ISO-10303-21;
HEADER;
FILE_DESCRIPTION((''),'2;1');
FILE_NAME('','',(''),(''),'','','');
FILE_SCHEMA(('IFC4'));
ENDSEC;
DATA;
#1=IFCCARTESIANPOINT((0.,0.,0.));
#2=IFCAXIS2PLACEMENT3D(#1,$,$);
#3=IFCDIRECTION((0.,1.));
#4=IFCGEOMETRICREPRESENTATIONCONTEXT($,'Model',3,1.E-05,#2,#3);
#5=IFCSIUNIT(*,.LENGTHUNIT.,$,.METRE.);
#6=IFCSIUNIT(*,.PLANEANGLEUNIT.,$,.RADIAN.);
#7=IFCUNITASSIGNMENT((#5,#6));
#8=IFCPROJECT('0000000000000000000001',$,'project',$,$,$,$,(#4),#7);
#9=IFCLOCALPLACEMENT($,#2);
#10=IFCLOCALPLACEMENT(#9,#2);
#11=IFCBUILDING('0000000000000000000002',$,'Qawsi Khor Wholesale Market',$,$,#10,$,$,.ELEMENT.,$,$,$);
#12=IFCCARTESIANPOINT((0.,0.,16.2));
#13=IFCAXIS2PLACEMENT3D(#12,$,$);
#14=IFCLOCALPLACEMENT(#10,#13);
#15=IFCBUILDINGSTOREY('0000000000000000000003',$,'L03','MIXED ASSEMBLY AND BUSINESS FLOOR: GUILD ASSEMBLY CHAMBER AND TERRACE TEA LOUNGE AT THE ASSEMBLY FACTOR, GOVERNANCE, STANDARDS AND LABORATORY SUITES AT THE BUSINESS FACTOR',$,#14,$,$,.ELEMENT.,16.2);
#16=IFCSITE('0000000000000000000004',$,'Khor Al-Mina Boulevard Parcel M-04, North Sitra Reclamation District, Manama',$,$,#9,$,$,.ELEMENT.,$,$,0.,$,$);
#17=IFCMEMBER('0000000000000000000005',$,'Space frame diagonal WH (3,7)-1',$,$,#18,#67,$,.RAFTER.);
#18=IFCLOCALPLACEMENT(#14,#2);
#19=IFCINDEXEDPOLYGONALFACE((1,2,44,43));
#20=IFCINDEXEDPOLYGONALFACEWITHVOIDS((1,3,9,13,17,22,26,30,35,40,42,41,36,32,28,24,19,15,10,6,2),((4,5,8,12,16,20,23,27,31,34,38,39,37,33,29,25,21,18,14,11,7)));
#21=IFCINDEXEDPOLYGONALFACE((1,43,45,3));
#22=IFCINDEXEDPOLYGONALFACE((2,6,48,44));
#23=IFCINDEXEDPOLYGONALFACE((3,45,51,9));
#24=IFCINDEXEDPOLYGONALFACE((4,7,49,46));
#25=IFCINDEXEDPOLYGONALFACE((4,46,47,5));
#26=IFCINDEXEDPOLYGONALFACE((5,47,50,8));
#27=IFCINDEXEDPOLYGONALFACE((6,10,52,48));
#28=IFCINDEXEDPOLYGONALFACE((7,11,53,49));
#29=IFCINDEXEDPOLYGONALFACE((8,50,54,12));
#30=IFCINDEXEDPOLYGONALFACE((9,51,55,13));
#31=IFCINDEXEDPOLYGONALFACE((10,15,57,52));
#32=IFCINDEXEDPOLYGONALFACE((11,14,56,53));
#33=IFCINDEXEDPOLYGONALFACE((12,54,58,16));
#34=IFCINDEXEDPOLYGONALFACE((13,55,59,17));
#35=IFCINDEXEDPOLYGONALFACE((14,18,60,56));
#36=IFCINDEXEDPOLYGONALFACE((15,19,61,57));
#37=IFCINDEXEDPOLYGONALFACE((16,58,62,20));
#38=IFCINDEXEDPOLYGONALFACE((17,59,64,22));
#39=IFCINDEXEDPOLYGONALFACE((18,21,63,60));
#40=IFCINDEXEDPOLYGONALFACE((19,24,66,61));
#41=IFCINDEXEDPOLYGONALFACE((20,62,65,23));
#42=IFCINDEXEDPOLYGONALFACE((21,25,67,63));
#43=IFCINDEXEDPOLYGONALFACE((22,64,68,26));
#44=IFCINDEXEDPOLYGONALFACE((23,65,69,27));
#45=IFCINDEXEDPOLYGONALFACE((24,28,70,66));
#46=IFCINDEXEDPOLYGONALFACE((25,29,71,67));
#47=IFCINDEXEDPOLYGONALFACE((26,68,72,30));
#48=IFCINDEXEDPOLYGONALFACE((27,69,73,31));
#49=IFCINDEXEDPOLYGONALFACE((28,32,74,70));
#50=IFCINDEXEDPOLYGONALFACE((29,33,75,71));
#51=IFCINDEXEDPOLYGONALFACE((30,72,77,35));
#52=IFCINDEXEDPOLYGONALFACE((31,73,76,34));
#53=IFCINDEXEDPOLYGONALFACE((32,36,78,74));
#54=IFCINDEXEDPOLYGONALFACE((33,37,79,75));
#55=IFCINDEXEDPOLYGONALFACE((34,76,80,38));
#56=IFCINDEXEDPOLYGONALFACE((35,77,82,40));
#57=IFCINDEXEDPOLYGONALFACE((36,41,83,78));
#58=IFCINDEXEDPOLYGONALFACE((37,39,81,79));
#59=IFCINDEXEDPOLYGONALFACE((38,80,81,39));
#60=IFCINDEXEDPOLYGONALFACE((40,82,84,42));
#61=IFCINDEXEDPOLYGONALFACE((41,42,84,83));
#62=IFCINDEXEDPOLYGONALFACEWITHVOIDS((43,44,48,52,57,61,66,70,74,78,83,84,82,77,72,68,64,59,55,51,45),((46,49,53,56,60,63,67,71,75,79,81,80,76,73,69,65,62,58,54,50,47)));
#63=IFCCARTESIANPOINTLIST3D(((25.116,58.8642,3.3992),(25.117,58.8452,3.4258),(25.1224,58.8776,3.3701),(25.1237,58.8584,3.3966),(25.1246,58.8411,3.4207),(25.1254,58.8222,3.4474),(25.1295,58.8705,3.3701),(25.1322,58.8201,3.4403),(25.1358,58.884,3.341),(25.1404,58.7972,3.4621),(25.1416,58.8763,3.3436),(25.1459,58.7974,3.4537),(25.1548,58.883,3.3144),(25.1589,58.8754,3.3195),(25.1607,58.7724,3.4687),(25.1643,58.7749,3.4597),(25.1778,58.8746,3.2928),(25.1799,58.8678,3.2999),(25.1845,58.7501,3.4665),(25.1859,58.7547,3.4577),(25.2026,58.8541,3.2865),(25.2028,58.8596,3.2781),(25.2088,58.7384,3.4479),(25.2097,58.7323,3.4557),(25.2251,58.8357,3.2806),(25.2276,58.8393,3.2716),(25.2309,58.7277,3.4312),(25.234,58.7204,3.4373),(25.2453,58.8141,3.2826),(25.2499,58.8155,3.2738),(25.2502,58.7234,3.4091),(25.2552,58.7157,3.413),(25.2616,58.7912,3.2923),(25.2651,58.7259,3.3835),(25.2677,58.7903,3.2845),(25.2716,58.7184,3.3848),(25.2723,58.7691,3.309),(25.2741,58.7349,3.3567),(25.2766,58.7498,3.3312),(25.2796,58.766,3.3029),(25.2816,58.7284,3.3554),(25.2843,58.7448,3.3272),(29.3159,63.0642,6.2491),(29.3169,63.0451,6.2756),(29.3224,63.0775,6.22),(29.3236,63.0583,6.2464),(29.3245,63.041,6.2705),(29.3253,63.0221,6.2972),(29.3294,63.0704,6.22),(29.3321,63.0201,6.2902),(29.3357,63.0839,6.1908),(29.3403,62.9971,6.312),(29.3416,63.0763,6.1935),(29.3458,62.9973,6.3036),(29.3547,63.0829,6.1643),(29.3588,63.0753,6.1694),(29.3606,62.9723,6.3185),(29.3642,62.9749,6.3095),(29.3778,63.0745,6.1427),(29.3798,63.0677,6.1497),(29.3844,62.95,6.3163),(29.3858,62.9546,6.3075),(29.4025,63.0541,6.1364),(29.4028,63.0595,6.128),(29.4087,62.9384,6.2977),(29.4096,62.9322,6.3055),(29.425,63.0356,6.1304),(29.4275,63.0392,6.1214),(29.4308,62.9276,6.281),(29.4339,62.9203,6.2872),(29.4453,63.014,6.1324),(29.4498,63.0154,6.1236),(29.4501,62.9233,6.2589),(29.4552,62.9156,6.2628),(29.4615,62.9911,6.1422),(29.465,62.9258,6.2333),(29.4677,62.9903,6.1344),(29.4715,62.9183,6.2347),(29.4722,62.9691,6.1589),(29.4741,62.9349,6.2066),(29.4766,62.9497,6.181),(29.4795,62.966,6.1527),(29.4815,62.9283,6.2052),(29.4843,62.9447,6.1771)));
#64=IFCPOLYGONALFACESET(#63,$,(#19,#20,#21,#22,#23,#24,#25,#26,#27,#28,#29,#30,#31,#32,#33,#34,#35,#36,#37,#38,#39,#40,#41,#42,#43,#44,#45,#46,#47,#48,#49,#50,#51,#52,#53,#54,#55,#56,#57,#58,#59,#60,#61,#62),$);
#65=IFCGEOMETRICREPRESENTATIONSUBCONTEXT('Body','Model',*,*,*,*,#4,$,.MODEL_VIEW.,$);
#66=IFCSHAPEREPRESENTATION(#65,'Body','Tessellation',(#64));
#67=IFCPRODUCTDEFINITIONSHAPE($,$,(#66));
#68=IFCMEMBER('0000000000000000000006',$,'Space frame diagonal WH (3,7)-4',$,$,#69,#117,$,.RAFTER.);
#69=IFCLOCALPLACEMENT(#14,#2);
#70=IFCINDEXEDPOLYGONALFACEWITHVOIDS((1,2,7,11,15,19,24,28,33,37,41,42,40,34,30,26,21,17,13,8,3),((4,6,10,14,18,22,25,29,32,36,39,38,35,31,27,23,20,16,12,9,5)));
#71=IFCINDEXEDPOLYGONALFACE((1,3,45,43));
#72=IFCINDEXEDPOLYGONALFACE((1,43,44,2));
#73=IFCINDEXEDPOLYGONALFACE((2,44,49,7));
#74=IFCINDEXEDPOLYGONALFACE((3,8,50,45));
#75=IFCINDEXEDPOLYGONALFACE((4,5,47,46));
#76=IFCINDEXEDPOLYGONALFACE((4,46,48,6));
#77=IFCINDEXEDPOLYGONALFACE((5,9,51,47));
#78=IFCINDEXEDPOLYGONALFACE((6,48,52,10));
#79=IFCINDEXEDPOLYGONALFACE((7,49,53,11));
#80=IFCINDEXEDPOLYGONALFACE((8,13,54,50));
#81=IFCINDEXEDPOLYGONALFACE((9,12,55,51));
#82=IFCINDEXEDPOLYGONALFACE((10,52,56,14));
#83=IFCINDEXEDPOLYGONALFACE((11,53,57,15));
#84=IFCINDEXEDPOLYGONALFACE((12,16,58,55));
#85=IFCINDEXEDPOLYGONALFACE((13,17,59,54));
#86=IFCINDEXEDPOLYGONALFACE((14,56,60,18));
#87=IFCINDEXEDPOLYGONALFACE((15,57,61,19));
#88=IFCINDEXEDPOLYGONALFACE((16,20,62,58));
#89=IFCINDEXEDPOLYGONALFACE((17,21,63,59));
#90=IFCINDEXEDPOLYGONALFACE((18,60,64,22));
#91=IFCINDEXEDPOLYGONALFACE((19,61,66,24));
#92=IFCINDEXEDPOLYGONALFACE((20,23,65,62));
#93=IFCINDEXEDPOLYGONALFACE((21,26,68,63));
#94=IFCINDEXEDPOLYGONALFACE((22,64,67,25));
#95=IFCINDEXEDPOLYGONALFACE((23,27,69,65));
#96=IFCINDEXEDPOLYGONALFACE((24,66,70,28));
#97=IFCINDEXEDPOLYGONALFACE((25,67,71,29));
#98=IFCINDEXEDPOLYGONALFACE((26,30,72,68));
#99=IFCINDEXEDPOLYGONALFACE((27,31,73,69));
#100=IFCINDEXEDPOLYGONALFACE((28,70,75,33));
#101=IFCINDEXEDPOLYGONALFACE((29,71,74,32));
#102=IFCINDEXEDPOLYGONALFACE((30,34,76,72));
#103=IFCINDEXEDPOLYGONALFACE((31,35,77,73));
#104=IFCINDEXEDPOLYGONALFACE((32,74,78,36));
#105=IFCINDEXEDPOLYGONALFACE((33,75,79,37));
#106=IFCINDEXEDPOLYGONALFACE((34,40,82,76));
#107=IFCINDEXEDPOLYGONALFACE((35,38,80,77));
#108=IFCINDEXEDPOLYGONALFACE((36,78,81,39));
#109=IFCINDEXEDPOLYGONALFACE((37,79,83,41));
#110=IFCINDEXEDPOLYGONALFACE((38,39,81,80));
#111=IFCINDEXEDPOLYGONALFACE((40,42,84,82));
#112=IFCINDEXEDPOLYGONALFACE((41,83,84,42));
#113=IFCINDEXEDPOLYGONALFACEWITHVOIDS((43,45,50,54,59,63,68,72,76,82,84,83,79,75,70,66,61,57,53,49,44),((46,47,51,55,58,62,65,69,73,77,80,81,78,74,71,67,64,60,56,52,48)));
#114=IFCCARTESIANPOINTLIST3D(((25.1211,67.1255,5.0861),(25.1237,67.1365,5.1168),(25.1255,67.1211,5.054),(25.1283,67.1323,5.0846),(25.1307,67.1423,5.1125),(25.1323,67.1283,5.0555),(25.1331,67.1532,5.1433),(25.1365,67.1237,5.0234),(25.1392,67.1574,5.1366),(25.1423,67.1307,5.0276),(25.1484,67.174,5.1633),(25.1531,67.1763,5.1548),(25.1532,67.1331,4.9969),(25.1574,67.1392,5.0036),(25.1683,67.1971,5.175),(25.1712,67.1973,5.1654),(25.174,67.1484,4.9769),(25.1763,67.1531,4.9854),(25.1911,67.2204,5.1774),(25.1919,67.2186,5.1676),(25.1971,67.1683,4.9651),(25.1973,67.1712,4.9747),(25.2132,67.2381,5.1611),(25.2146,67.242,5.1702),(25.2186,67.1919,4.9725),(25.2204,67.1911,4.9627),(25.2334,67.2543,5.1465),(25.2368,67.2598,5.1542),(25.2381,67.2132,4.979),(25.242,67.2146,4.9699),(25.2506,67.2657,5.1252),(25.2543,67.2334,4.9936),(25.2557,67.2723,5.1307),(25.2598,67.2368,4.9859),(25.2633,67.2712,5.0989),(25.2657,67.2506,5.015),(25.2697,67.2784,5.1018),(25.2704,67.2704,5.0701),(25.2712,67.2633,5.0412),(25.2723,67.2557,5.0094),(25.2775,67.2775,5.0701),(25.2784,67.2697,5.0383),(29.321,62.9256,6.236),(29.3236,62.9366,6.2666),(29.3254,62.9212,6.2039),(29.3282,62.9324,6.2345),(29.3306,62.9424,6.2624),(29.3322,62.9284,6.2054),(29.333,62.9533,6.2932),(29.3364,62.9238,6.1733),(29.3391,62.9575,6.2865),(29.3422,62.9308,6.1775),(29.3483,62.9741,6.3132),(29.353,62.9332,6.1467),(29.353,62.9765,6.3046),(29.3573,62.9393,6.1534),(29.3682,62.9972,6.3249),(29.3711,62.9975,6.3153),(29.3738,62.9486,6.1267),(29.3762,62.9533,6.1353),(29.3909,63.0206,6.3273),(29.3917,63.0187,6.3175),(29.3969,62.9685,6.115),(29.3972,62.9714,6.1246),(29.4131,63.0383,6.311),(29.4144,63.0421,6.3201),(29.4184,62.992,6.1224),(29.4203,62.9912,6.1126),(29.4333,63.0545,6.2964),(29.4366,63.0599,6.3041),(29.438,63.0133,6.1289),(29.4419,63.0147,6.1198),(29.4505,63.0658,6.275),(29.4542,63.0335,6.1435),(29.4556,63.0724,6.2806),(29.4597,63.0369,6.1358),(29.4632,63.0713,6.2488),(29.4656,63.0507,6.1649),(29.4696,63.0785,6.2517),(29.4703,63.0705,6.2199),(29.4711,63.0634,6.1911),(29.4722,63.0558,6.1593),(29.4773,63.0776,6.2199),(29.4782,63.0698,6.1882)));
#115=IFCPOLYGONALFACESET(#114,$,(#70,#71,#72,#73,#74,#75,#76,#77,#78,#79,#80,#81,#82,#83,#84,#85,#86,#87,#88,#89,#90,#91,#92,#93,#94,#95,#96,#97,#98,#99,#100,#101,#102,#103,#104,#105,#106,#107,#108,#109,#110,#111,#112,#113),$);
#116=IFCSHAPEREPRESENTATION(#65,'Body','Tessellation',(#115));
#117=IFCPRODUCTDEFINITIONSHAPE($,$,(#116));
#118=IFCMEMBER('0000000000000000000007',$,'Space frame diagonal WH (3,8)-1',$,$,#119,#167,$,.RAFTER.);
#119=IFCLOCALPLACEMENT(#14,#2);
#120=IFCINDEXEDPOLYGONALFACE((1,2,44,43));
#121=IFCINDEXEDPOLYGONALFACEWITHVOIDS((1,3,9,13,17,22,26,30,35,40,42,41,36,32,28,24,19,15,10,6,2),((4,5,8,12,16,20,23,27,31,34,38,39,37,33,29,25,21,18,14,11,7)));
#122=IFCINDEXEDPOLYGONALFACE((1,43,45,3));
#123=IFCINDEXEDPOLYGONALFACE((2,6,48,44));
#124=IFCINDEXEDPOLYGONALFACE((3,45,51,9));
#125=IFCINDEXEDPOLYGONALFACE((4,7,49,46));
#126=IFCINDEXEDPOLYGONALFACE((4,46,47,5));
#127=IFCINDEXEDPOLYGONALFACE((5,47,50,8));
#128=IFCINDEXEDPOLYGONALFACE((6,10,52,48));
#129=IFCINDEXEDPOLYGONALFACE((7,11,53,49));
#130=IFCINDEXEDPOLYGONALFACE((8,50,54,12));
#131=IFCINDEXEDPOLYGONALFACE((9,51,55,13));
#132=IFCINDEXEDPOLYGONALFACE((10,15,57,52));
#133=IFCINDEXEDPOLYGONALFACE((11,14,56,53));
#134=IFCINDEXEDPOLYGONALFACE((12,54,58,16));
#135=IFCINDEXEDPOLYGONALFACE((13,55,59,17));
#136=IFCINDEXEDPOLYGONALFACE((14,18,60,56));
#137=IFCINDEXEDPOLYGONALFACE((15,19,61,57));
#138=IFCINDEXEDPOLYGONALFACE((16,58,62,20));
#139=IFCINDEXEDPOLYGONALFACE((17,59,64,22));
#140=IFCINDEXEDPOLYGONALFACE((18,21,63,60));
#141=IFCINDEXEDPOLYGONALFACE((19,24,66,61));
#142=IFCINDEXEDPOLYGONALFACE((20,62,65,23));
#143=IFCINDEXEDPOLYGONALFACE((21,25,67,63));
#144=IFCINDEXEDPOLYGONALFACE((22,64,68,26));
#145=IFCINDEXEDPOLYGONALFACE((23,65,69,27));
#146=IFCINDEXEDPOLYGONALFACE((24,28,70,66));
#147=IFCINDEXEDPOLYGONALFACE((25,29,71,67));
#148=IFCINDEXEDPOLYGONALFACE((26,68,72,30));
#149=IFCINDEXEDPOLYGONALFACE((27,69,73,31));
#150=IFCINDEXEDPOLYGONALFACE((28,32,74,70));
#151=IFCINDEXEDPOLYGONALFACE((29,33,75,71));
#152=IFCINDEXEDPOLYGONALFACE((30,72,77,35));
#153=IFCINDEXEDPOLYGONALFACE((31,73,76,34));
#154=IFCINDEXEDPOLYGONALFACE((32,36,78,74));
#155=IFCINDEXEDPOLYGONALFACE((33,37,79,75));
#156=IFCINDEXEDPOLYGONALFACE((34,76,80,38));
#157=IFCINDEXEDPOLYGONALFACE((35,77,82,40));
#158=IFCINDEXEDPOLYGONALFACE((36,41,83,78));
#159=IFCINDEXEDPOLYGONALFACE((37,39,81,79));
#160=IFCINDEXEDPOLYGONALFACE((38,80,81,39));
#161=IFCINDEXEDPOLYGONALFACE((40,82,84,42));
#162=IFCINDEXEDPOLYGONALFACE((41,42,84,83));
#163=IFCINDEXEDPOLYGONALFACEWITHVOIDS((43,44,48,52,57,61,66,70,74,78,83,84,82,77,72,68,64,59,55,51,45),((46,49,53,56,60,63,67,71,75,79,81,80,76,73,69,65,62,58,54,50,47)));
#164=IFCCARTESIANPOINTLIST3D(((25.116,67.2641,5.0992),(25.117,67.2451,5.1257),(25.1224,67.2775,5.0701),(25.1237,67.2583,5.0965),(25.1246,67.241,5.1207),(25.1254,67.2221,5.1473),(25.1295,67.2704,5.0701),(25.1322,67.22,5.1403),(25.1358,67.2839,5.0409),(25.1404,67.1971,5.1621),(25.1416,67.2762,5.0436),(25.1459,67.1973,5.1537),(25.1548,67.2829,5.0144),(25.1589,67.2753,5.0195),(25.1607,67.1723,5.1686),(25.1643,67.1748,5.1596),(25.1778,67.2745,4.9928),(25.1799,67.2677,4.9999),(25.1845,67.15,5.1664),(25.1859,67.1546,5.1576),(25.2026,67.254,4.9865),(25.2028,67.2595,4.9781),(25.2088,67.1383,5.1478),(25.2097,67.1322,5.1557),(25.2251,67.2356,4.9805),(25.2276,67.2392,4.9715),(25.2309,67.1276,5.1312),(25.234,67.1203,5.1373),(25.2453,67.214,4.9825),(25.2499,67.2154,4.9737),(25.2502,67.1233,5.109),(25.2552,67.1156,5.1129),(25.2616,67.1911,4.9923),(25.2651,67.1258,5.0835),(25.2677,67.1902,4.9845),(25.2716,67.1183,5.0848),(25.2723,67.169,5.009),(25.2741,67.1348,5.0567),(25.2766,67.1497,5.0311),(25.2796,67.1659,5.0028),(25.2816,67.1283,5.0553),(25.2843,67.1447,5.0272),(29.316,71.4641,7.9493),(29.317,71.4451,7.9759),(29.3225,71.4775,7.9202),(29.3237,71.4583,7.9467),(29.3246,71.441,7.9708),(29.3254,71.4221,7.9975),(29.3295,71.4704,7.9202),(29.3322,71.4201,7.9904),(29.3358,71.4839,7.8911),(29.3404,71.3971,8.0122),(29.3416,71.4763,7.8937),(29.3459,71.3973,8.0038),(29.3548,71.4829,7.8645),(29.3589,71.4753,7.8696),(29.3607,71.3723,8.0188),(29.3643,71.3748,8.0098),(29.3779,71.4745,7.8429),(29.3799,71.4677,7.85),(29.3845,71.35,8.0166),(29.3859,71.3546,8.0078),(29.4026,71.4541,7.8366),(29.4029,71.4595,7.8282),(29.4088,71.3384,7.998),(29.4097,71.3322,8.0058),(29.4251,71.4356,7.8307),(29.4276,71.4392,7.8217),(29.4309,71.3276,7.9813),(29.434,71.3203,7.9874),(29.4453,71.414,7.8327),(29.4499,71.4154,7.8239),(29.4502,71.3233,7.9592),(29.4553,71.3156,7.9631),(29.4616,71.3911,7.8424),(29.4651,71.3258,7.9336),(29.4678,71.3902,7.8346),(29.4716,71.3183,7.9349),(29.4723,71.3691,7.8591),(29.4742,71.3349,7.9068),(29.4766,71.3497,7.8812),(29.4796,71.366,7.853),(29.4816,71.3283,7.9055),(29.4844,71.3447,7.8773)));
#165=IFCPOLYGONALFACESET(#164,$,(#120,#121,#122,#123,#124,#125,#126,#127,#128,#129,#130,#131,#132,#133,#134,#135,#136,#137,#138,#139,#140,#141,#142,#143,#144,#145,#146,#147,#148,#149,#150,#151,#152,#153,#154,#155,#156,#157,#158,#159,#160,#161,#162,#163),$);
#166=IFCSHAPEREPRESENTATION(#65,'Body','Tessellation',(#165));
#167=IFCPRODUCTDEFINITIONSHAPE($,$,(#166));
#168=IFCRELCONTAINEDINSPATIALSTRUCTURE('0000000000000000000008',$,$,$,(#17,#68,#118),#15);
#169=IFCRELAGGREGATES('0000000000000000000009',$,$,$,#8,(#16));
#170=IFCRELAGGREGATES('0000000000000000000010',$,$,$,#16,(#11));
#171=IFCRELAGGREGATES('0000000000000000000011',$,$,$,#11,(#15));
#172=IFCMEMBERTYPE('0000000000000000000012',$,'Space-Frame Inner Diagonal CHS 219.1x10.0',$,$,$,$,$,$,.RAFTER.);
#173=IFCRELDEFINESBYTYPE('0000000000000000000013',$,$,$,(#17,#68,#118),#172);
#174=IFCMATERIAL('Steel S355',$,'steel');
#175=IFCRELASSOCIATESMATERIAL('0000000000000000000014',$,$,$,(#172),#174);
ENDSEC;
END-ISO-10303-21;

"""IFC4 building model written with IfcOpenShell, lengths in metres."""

from ifc_helpers import new_model, si_unit, direction, frame, origin, origin_2d, place, context, subcontext, project, spatial, hollow_circle, extrude, material, material_profile, profile_set, type_object, element, save


model = new_model("IFC4")

# Units and contexts
model_context = context("Model", 3, precision=1e-05, world=origin(), true_north=direction((0.0, 1.0)))
body_context = subcontext(model_context, "Body", "Model", "MODEL_VIEW")
ifc_project = project(units=[si_unit("LENGTHUNIT", "METRE"), si_unit("PLANEANGLEUNIT", "RADIAN")], contexts=[model_context])

# Site, building, storey
site_placement = place(None, origin())
site = spatial("IfcSite", under=ifc_project, at=site_placement, Name="Khor Al-Mina Boulevard Parcel M-04, North Sitra Reclamation District, Manama", CompositionType="ELEMENT", RefElevation=0.0)
building_placement = place(site_placement, origin())
building = spatial("IfcBuilding", under=site, at=building_placement, Name="Qawsi Khor Wholesale Market", CompositionType="ELEMENT")
storey_placement = place(building_placement, frame((0.0, 0.0, 16.2)))
storey = spatial("IfcBuildingStorey", under=building, at=storey_placement, Name="L03", Description="MIXED ASSEMBLY AND BUSINESS FLOOR: GUILD ASSEMBLY CHAMBER AND TERRACE TEA LOUNGE AT THE ASSEMBLY FACTOR, GOVERNANCE, STANDARDS AND LABORATORY SUITES AT THE BUSINESS FACTOR", CompositionType="ELEMENT", Elevation=16.2)

# Members
ifc_material_1 = material(Name="Steel S355", Category="steel")
ifc_material_profile_1 = material_profile(ifc_material_1, hollow_circle(Radius=0.1096, WallThickness=0.01, at=origin_2d()), Name="CHS 219.1x10.0")
ifc_profile_set_1 = profile_set([ifc_material_profile_1], Name="Steel S355")
member_type_1 = type_object("IfcMemberType", Name="Space-Frame Inner Diagonal CHS 219.1x10.0", PredefinedType="RAFTER", material=ifc_profile_set_1)
member_1_placement = place(storey_placement, frame((25.2, 58.8, 3.3701), z_axis=(0.637522, 0.637522, 0.432587), x_axis=(-0.707107, 0.707107, 0.0)))
element("IfcMember", 1, at=member_1_placement, inside=storey, type_object=member_type_1, Name="Space frame diagonal WH (3,7)-1", PredefinedType="RAFTER", context=body_context, shape_type="SweptSolid", body=[
    extrude(hollow_circle(Radius=0.1096, WallThickness=0.01, at=origin_2d()), origin(), (0.0, 0.0, 1.0), 6.5879),
])
member_2_placement = place(storey_placement, frame((25.2, 67.2, 5.0701), z_axis=(0.694217, -0.694217, 0.190069), x_axis=(0.707107, 0.707107, 0.0)))
element("IfcMember", 2, at=member_2_placement, inside=storey, type_object=member_type_1, Name="Space frame diagonal WH (3,7)-4", PredefinedType="RAFTER", context=body_context, shape_type="SweptSolid", body=[
    extrude(hollow_circle(Radius=0.1096, WallThickness=0.01, at=origin_2d()), origin(), (0.0, 0.0, 1.0), 6.0498),
])
member_3_placement = place(storey_placement, frame((25.2, 67.2, 5.0701), z_axis=(0.637512, 0.637512, 0.432617), x_axis=(-0.707107, 0.707107, 0.0)))
element("IfcMember", 3, at=member_3_placement, inside=storey, type_object=member_type_1, Name="Space frame diagonal WH (3,8)-1", PredefinedType="RAFTER", context=body_context, shape_type="SweptSolid", body=[
    extrude(hollow_circle(Radius=0.1096, WallThickness=0.01, at=origin_2d()), origin(), (0.0, 0.0, 1.0), 6.5881),
])

save(model, "model.ifc")
